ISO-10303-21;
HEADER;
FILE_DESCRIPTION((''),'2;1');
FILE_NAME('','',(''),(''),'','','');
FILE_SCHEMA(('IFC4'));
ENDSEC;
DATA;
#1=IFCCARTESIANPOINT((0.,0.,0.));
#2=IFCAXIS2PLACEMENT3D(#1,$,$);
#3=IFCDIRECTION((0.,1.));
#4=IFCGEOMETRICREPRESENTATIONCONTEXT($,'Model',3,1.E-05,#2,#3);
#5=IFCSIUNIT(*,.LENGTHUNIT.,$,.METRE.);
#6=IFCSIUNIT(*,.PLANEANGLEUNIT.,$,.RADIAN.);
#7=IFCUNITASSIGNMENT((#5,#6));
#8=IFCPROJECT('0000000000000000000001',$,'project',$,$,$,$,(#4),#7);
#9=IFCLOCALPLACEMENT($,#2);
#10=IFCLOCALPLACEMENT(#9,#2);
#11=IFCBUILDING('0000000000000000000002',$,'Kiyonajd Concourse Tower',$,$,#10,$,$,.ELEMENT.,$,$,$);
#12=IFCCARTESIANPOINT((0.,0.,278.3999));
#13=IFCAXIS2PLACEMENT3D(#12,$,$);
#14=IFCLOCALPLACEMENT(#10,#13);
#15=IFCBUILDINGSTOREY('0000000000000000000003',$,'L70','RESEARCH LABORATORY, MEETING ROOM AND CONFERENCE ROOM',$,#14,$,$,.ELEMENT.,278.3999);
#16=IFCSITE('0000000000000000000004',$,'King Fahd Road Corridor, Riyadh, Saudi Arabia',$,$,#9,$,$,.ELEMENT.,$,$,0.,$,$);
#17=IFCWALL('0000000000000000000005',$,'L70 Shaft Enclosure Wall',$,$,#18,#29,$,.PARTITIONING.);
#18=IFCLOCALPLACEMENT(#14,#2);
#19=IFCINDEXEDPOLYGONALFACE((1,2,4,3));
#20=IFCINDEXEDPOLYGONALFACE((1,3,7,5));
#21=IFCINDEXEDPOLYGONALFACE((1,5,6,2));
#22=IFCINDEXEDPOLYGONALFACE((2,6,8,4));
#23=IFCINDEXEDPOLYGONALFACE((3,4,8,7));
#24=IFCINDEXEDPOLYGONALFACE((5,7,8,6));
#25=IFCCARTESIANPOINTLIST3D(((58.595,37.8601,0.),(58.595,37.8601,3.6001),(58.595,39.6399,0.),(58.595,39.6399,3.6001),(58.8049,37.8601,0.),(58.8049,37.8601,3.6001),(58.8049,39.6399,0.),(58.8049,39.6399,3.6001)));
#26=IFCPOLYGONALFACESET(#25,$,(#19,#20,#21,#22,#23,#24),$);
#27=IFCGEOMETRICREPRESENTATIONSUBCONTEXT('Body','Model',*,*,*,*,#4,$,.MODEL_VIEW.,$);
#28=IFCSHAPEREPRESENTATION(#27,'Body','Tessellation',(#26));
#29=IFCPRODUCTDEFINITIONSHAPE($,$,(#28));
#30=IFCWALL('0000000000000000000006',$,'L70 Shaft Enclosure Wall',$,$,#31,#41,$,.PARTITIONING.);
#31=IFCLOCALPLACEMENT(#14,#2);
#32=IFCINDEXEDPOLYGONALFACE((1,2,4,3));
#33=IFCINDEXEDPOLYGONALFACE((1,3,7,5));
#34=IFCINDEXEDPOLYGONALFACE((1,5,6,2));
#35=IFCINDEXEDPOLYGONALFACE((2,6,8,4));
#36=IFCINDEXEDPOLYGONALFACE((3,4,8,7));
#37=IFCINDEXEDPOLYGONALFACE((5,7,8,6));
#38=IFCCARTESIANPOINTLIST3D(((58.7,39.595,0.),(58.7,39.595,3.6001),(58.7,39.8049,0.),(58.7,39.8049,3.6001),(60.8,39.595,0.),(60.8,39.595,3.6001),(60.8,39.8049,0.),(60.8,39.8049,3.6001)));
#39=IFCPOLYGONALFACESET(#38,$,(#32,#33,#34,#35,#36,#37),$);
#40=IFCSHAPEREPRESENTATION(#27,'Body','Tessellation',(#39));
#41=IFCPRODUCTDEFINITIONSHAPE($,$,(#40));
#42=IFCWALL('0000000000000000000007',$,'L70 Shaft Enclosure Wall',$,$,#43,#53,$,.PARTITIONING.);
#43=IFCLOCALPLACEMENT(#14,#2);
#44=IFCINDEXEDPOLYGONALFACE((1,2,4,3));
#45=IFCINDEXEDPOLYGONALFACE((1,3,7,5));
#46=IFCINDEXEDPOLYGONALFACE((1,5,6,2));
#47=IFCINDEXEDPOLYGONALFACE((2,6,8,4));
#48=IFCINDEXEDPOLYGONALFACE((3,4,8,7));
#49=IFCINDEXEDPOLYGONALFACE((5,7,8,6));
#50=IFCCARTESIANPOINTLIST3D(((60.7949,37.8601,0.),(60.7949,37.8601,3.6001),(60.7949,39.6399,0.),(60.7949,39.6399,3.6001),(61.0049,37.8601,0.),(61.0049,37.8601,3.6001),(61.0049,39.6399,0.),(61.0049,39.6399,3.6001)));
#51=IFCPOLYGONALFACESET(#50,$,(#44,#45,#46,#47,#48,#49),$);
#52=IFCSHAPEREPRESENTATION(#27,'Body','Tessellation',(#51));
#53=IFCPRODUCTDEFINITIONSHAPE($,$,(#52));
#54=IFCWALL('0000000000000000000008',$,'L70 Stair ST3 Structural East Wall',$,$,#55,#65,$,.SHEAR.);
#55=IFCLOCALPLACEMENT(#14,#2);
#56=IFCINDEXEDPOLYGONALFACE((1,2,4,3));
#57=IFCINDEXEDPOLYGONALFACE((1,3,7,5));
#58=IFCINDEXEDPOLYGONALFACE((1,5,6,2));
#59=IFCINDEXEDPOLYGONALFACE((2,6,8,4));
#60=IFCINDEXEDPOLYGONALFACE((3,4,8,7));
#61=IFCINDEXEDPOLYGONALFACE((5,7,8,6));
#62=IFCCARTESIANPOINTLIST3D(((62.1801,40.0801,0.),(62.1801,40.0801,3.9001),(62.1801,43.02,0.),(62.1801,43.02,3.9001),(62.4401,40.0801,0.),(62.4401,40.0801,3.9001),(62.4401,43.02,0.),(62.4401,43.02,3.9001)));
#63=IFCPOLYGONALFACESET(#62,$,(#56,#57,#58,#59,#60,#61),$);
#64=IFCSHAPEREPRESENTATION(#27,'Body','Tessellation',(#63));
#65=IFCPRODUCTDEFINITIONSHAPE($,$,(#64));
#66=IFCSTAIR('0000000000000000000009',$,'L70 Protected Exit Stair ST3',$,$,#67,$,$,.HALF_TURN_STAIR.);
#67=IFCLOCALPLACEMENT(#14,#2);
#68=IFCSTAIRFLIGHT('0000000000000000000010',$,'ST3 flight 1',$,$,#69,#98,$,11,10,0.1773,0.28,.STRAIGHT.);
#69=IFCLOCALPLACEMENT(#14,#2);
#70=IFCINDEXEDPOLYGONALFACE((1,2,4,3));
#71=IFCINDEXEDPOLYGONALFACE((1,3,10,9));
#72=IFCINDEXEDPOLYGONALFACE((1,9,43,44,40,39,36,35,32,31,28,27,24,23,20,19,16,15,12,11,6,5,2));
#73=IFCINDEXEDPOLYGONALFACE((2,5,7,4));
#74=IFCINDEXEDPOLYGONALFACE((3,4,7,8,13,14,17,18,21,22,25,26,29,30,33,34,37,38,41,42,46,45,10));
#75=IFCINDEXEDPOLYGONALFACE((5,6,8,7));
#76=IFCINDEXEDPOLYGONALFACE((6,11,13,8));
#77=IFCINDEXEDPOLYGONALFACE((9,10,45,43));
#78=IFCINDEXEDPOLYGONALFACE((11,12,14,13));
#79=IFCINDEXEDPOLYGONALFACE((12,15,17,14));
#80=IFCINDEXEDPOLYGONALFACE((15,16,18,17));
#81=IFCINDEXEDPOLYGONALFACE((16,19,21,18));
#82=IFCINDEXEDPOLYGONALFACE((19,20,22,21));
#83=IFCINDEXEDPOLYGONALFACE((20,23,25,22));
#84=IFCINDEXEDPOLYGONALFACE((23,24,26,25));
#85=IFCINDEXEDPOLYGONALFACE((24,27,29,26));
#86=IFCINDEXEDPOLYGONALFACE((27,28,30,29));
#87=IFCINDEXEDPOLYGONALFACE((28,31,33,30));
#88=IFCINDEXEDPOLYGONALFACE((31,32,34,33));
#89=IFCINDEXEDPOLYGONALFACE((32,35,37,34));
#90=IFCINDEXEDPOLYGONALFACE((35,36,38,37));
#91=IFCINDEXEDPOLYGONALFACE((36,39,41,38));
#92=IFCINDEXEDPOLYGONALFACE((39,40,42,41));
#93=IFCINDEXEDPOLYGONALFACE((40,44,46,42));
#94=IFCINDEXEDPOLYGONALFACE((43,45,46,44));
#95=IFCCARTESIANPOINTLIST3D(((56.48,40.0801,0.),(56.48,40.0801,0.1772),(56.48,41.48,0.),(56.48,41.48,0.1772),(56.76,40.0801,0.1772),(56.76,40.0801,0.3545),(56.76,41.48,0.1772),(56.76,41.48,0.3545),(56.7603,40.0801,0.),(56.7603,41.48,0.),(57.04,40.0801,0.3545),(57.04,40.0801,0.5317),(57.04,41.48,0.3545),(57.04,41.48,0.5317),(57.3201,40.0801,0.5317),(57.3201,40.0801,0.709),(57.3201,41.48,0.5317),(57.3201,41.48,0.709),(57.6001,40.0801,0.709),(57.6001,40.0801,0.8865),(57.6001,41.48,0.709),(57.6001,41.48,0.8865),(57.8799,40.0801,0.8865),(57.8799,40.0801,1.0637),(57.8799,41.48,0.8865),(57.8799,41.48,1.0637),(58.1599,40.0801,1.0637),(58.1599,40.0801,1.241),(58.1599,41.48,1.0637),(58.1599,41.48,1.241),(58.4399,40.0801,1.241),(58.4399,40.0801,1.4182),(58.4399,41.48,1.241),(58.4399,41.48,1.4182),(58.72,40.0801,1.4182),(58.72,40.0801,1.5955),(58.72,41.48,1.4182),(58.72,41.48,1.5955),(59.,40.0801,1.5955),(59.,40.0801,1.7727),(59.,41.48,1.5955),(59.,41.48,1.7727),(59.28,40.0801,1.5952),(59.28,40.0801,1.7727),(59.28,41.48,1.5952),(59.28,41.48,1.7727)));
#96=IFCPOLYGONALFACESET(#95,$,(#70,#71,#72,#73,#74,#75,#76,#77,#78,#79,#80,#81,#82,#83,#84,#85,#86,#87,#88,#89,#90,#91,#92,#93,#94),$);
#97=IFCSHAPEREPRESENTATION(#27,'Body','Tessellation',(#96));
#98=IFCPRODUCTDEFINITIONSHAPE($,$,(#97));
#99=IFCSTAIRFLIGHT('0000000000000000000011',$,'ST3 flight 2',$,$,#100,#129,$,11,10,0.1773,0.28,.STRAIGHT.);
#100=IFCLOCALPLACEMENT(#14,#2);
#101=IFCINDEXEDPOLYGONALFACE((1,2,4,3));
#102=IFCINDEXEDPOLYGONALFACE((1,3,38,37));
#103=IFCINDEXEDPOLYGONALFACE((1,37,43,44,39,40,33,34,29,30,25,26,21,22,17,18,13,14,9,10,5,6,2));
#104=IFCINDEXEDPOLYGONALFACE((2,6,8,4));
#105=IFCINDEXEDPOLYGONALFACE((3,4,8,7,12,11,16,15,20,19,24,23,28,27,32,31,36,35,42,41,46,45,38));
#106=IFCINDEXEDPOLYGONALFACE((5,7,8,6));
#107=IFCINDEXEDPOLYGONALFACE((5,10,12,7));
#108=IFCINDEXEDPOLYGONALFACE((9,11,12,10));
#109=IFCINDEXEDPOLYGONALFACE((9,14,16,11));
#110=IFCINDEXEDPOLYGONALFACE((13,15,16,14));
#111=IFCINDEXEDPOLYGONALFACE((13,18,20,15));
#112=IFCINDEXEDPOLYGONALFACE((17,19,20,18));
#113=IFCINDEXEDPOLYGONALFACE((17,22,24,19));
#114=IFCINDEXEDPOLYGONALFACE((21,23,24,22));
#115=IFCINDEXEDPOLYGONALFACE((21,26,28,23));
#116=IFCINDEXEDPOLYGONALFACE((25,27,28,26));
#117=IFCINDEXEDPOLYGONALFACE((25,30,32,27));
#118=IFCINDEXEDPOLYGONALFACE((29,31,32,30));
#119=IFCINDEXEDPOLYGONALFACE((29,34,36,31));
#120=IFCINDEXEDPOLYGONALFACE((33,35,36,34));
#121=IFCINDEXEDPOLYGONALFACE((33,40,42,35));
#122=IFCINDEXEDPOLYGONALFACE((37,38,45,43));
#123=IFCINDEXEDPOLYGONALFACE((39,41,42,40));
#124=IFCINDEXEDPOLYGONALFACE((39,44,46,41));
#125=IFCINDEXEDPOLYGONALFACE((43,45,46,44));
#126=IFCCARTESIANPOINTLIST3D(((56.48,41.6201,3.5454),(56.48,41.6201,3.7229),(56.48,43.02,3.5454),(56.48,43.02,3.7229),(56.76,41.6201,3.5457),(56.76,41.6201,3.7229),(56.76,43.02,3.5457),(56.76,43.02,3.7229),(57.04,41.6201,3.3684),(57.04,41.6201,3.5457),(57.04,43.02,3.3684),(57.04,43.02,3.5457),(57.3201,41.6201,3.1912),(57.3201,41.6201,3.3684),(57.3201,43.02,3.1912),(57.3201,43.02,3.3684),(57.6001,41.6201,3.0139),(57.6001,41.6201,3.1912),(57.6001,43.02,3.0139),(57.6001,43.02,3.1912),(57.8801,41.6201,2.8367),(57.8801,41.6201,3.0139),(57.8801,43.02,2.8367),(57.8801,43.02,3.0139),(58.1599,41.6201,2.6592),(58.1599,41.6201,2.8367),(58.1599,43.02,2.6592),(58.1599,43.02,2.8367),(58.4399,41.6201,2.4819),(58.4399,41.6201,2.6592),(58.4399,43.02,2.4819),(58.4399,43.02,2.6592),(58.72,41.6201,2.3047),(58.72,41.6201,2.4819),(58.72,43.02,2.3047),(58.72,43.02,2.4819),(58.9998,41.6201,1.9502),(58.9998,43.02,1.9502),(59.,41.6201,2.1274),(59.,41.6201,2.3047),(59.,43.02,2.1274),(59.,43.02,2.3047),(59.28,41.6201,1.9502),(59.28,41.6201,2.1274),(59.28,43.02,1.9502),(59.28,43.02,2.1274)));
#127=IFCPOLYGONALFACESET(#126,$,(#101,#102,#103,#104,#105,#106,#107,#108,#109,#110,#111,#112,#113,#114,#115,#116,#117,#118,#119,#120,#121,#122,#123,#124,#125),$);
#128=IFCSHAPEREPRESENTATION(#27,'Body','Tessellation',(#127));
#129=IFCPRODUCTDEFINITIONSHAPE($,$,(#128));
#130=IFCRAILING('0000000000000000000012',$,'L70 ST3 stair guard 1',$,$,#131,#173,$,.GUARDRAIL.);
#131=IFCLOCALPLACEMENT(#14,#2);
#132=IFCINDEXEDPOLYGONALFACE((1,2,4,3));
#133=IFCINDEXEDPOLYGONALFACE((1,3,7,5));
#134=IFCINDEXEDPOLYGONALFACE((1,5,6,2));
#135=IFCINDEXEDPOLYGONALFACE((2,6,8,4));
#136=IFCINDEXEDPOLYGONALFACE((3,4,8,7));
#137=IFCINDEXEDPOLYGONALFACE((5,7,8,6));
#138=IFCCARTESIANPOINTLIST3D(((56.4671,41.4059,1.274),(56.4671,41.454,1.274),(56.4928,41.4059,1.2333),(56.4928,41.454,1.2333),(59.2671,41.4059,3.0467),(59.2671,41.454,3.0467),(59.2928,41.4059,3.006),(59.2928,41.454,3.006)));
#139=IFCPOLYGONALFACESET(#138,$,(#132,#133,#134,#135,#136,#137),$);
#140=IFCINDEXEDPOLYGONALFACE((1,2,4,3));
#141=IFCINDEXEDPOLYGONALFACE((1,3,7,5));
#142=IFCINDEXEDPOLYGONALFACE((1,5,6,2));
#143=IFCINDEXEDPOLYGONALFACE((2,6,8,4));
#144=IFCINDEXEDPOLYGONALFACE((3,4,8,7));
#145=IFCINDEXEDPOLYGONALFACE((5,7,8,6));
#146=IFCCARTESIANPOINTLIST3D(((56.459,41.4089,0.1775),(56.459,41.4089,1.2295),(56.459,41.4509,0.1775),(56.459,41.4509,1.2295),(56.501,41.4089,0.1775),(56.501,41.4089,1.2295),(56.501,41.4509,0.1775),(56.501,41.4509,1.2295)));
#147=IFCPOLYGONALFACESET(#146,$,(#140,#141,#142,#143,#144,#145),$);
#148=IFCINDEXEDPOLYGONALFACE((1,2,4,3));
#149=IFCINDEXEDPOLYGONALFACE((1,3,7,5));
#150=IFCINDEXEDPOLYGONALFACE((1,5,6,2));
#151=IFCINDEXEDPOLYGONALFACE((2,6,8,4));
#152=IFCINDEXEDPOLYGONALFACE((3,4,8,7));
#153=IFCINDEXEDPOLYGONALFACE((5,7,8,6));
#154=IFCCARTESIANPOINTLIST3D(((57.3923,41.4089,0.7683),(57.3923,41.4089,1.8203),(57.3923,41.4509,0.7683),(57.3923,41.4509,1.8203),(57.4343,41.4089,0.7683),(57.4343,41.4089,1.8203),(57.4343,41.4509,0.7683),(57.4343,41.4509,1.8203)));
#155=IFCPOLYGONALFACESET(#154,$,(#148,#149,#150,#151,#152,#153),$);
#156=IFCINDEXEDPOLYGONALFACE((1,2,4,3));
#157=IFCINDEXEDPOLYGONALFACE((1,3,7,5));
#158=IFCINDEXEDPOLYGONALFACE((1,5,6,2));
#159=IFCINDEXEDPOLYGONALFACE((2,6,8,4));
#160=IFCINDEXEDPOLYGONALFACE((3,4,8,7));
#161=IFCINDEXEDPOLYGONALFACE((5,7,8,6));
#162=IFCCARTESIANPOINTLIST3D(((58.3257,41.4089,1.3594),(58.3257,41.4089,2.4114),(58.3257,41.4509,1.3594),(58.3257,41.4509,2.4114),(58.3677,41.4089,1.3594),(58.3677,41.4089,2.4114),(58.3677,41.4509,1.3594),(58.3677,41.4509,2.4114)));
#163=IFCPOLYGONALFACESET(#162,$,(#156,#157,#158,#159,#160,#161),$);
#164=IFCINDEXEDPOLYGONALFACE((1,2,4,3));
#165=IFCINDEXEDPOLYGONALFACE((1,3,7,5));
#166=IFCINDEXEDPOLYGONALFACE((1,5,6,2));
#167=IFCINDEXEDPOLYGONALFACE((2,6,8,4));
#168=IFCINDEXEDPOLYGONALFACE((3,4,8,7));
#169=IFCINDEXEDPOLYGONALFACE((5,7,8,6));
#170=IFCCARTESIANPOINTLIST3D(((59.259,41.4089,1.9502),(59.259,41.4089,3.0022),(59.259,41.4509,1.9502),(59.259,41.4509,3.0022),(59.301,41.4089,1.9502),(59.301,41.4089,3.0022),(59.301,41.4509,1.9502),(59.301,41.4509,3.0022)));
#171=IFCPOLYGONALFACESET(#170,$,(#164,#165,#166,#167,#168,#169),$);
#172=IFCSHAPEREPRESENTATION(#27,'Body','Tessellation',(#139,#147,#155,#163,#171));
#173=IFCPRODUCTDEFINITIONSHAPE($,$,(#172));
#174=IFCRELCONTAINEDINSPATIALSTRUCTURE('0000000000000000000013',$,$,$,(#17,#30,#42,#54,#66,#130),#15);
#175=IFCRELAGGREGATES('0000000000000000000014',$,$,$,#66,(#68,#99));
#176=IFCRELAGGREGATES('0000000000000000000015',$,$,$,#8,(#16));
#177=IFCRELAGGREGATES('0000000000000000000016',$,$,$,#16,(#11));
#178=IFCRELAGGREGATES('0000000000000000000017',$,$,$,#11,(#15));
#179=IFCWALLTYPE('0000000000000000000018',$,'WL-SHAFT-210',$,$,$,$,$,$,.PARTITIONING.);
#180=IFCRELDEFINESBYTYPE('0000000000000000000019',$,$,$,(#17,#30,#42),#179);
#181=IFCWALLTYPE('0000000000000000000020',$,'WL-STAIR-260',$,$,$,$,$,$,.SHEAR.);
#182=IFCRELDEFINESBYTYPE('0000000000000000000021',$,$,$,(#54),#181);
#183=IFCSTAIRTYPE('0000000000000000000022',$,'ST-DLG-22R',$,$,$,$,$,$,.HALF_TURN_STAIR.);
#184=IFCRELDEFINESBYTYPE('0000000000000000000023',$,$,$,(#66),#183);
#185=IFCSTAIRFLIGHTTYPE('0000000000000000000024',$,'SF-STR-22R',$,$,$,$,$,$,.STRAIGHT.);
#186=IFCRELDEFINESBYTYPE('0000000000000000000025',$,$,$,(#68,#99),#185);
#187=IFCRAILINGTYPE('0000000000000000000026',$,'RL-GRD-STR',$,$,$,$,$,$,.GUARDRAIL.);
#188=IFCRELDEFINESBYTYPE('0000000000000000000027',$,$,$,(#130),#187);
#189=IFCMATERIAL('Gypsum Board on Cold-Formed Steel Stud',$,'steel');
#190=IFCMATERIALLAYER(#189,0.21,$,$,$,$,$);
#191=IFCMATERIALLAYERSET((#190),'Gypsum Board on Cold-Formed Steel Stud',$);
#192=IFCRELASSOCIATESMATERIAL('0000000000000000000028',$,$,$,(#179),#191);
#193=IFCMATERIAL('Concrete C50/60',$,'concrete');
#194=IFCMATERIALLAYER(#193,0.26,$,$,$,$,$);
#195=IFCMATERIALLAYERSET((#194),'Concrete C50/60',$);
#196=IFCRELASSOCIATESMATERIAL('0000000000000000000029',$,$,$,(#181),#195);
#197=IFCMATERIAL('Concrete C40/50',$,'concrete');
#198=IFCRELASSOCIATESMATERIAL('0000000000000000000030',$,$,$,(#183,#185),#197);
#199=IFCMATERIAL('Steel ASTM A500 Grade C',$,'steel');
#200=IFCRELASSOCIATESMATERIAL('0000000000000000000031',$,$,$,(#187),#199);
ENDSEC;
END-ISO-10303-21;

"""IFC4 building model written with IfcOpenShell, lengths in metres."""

from ifc_helpers import new_model, si_unit, direction, frame, frame_2d, origin, origin_2d, place, context, subcontext, project, spatial, polyline, rectangle, outline, extrude, material, layer, layer_set, type_object, element, aggregate, save


model = new_model("IFC4")

# Units and contexts
model_context = context("Model", 3, precision=1e-05, world=origin(), true_north=direction((0.0, 1.0)))
body_context = subcontext(model_context, "Body", "Model", "MODEL_VIEW")
ifc_project = project(units=[si_unit("LENGTHUNIT", "METRE"), si_unit("PLANEANGLEUNIT", "RADIAN")], contexts=[model_context])

# Site, building, storey
site_placement = place(None, origin())
site = spatial("IfcSite", under=ifc_project, at=site_placement, Name="King Fahd Road Corridor, Riyadh, Saudi Arabia", CompositionType="ELEMENT", RefElevation=0.0)
building_placement = place(site_placement, origin())
building = spatial("IfcBuilding", under=site, at=building_placement, Name="Kiyonajd Concourse Tower", CompositionType="ELEMENT")
storey_placement = place(building_placement, frame((0.0, 0.0, 278.3999)))
storey = spatial("IfcBuildingStorey", under=building, at=storey_placement, Name="L70", Description="RESEARCH LABORATORY, MEETING ROOM AND CONFERENCE ROOM", CompositionType="ELEMENT", Elevation=278.3999)

# Shared definitions
ifc_material_1 = material(Name="Gypsum Board on Cold-Formed Steel Stud", Category="steel")

# Walls
ifc_layer_1 = layer(ifc_material_1, 0.21)
ifc_layer_set_1 = layer_set([ifc_layer_1], Name="Gypsum Board on Cold-Formed Steel Stud")
wall_type_1 = type_object("IfcWallType", Name="WL-SHAFT-210", PredefinedType="PARTITIONING", material=ifc_layer_set_1)
wall_1_placement = place(storey_placement, frame((58.7, 37.8601, 0.0), z_axis=(0.0, 0.0, 1.0), x_axis=(0.0, 1.0, 0.0)))
element("IfcWall", 1, at=wall_1_placement, inside=storey, type_object=wall_type_1, Name="L70 Shaft Enclosure Wall", PredefinedType="PARTITIONING", context=body_context, shape_type="SweptSolid", body=[
    extrude(rectangle(XDim=1.7798, YDim=0.21, at=frame_2d((0.8899, 0.0))), origin(), (0.0, 0.0, 1.0), 3.6001),
])
wall_2_placement = place(storey_placement, frame((58.7, 39.7, 0.0), z_axis=(0.0, 0.0, 1.0), x_axis=(1.0, 0.0, 0.0)))
element("IfcWall", 2, at=wall_2_placement, inside=storey, type_object=wall_type_1, Name="L70 Shaft Enclosure Wall", PredefinedType="PARTITIONING", context=body_context, shape_type="SweptSolid", body=[
    extrude(rectangle(XDim=2.1001, YDim=0.21, at=frame_2d((1.05, 0.0))), origin(), (0.0, 0.0, 1.0), 3.6001),
])
wall_3_placement = place(storey_placement, frame((60.8999, 37.8601, 0.0), z_axis=(0.0, 0.0, 1.0), x_axis=(0.0, 1.0, 0.0)))
element("IfcWall", 3, at=wall_3_placement, inside=storey, type_object=wall_type_1, Name="L70 Shaft Enclosure Wall", PredefinedType="PARTITIONING", context=body_context, shape_type="SweptSolid", body=[
    extrude(rectangle(XDim=1.7798, YDim=0.21, at=frame_2d((0.8899, 0.0))), origin(), (0.0, 0.0, 1.0), 3.6001),
])
ifc_material_2 = material(Name="Concrete C50/60", Category="concrete")
ifc_layer_2 = layer(ifc_material_2, 0.26)
ifc_layer_set_2 = layer_set([ifc_layer_2], Name="Concrete C50/60")
wall_type_2 = type_object("IfcWallType", Name="WL-STAIR-260", PredefinedType="SHEAR", material=ifc_layer_set_2)
wall_4_placement = place(storey_placement, frame((62.3101, 40.0801, 0.0), z_axis=(0.0, 0.0, 1.0), x_axis=(0.0, 1.0, 0.0)))
element("IfcWall", 4, at=wall_4_placement, inside=storey, type_object=wall_type_2, Name="L70 Stair ST3 Structural East Wall", PredefinedType="SHEAR", context=body_context, shape_type="SweptSolid", body=[
    extrude(rectangle(XDim=2.9399, YDim=0.26, at=frame_2d((1.47, 0.0))), origin(), (0.0, 0.0, 1.0), 3.9001),
])

# Stair, stair flights
ifc_material_3 = material(Name="Concrete C40/50", Category="concrete")
stair_type = type_object("IfcStairType", Name="ST-DLG-22R", PredefinedType="HALF_TURN_STAIR", material=ifc_material_3)
stair_placement = place(storey_placement, origin())
stair = element("IfcStair", 5, at=stair_placement, inside=storey, type_object=stair_type, Name="L70 Protected Exit Stair ST3", PredefinedType="HALF_TURN_STAIR")
stair_flight_type = type_object("IfcStairFlightType", Name="SF-STR-22R", PredefinedType="STRAIGHT", material=ifc_material_3)
stair_flight_1_placement = place(storey_placement, frame((56.48, 40.78, 0.0), z_axis=(0.0, 0.0, 1.0), x_axis=(1.0, 0.0, 0.0)))
stair_flight_1 = element("IfcStairFlight", 6, at=stair_flight_1_placement, type_object=stair_flight_type, Name="ST3 flight 1", NumberOfRisers=11, NumberOfTreads=10, PredefinedType="STRAIGHT", RiserHeight=0.1773, TreadLength=0.28, context=body_context, shape_type="SweptSolid", body=[
    extrude(outline(polyline([(0.0, 0.0), (0.0, 0.1772), (0.28, 0.1772), (0.28, 0.3545), (0.5601, 0.3545), (0.5601, 0.5317), (0.8401, 0.5317), (0.8401, 0.709), (1.1201, 0.709), (1.1201, 0.8865), (1.3999, 0.8865), (1.3999, 1.0637), (1.6799, 1.0637), (1.6799, 1.241), (1.96, 1.241), (1.96, 1.4182), (2.24, 1.4182), (2.24, 1.5955), (2.52, 1.5955), (2.52, 1.7727), (2.8, 1.7727), (2.8, 1.95), (2.8, 1.5952), (0.2803, 0.0), (0.0, 0.0)])), frame((0.0, 0.7, 0.0), z_axis=(0.0, -1.0, 0.0), x_axis=(1.0, 0.0, 0.0)), (0.0, 0.0, 1.0), 1.3999),
])
stair_flight_2_placement = place(storey_placement, frame((59.28, 42.3201, 1.9502), z_axis=(0.0, 0.0, 1.0), x_axis=(-1.0, 0.0, 0.0)))
stair_flight_2 = element("IfcStairFlight", 7, at=stair_flight_2_placement, type_object=stair_flight_type, Name="ST3 flight 2", NumberOfRisers=11, NumberOfTreads=10, PredefinedType="STRAIGHT", RiserHeight=0.1773, TreadLength=0.28, context=body_context, shape_type="SweptSolid", body=[
    extrude(outline(polyline([(0.0, 0.0), (0.0, 0.1772), (0.28, 0.1772), (0.28, 0.3545), (0.5601, 0.3545), (0.5601, 0.5317), (0.8401, 0.5317), (0.8401, 0.709), (1.1201, 0.709), (1.1201, 0.8865), (1.3999, 0.8865), (1.3999, 1.0637), (1.6799, 1.0637), (1.6799, 1.241), (1.96, 1.241), (1.96, 1.4182), (2.24, 1.4182), (2.24, 1.5955), (2.52, 1.5955), (2.52, 1.7727), (2.8, 1.7727), (2.8, 1.95), (2.8, 1.5952), (0.2803, 0.0), (0.0, 0.0)])), frame((0.0, 0.7, 0.0), z_axis=(0.0, -1.0, 0.0), x_axis=(1.0, 0.0, 0.0)), (0.0, 0.0, 1.0), 1.3999),
])
aggregate(stair, [stair_flight_1, stair_flight_2])

# Railing
ifc_material_4 = material(Name="Steel ASTM A500 Grade C", Category="steel")
railing_type_1 = type_object("IfcRailingType", Name="RL-GRD-STR", PredefinedType="GUARDRAIL", material=ifc_material_4)
railing_1_placement = place(storey_placement, frame((56.48, 41.4299, 0.1775)))
element("IfcRailing", 8, at=railing_1_placement, inside=storey, type_object=railing_type_1, Name="L70 ST3 stair guard 1", PredefinedType="GUARDRAIL", context=body_context, shape_type="SweptSolid", body=[
    extrude(rectangle(XDim=0.0481, YDim=0.0481, at=origin_2d()), frame((0.0, 0.0, 1.0762), z_axis=(0.844909, 0.0, 0.53491), x_axis=(0.0, 1.0, 0.0)), (0.0, 0.0, 1.0), 3.314),
    extrude(rectangle(XDim=0.042, YDim=0.042, at=origin_2d()), origin(), (0.0, 0.0, 1.0), 1.052),
    extrude(rectangle(XDim=0.042, YDim=0.042, at=origin_2d()), frame((0.9333, 0.0, 0.5908)), (0.0, 0.0, 1.0), 1.052),
    extrude(rectangle(XDim=0.042, YDim=0.042, at=origin_2d()), frame((1.8667, 0.0, 1.1819)), (0.0, 0.0, 1.0), 1.052),
    extrude(rectangle(XDim=0.042, YDim=0.042, at=origin_2d()), frame((2.8, 0.0, 1.7727)), (0.0, 0.0, 1.0), 1.052),
])

save(model, "model.ifc")
